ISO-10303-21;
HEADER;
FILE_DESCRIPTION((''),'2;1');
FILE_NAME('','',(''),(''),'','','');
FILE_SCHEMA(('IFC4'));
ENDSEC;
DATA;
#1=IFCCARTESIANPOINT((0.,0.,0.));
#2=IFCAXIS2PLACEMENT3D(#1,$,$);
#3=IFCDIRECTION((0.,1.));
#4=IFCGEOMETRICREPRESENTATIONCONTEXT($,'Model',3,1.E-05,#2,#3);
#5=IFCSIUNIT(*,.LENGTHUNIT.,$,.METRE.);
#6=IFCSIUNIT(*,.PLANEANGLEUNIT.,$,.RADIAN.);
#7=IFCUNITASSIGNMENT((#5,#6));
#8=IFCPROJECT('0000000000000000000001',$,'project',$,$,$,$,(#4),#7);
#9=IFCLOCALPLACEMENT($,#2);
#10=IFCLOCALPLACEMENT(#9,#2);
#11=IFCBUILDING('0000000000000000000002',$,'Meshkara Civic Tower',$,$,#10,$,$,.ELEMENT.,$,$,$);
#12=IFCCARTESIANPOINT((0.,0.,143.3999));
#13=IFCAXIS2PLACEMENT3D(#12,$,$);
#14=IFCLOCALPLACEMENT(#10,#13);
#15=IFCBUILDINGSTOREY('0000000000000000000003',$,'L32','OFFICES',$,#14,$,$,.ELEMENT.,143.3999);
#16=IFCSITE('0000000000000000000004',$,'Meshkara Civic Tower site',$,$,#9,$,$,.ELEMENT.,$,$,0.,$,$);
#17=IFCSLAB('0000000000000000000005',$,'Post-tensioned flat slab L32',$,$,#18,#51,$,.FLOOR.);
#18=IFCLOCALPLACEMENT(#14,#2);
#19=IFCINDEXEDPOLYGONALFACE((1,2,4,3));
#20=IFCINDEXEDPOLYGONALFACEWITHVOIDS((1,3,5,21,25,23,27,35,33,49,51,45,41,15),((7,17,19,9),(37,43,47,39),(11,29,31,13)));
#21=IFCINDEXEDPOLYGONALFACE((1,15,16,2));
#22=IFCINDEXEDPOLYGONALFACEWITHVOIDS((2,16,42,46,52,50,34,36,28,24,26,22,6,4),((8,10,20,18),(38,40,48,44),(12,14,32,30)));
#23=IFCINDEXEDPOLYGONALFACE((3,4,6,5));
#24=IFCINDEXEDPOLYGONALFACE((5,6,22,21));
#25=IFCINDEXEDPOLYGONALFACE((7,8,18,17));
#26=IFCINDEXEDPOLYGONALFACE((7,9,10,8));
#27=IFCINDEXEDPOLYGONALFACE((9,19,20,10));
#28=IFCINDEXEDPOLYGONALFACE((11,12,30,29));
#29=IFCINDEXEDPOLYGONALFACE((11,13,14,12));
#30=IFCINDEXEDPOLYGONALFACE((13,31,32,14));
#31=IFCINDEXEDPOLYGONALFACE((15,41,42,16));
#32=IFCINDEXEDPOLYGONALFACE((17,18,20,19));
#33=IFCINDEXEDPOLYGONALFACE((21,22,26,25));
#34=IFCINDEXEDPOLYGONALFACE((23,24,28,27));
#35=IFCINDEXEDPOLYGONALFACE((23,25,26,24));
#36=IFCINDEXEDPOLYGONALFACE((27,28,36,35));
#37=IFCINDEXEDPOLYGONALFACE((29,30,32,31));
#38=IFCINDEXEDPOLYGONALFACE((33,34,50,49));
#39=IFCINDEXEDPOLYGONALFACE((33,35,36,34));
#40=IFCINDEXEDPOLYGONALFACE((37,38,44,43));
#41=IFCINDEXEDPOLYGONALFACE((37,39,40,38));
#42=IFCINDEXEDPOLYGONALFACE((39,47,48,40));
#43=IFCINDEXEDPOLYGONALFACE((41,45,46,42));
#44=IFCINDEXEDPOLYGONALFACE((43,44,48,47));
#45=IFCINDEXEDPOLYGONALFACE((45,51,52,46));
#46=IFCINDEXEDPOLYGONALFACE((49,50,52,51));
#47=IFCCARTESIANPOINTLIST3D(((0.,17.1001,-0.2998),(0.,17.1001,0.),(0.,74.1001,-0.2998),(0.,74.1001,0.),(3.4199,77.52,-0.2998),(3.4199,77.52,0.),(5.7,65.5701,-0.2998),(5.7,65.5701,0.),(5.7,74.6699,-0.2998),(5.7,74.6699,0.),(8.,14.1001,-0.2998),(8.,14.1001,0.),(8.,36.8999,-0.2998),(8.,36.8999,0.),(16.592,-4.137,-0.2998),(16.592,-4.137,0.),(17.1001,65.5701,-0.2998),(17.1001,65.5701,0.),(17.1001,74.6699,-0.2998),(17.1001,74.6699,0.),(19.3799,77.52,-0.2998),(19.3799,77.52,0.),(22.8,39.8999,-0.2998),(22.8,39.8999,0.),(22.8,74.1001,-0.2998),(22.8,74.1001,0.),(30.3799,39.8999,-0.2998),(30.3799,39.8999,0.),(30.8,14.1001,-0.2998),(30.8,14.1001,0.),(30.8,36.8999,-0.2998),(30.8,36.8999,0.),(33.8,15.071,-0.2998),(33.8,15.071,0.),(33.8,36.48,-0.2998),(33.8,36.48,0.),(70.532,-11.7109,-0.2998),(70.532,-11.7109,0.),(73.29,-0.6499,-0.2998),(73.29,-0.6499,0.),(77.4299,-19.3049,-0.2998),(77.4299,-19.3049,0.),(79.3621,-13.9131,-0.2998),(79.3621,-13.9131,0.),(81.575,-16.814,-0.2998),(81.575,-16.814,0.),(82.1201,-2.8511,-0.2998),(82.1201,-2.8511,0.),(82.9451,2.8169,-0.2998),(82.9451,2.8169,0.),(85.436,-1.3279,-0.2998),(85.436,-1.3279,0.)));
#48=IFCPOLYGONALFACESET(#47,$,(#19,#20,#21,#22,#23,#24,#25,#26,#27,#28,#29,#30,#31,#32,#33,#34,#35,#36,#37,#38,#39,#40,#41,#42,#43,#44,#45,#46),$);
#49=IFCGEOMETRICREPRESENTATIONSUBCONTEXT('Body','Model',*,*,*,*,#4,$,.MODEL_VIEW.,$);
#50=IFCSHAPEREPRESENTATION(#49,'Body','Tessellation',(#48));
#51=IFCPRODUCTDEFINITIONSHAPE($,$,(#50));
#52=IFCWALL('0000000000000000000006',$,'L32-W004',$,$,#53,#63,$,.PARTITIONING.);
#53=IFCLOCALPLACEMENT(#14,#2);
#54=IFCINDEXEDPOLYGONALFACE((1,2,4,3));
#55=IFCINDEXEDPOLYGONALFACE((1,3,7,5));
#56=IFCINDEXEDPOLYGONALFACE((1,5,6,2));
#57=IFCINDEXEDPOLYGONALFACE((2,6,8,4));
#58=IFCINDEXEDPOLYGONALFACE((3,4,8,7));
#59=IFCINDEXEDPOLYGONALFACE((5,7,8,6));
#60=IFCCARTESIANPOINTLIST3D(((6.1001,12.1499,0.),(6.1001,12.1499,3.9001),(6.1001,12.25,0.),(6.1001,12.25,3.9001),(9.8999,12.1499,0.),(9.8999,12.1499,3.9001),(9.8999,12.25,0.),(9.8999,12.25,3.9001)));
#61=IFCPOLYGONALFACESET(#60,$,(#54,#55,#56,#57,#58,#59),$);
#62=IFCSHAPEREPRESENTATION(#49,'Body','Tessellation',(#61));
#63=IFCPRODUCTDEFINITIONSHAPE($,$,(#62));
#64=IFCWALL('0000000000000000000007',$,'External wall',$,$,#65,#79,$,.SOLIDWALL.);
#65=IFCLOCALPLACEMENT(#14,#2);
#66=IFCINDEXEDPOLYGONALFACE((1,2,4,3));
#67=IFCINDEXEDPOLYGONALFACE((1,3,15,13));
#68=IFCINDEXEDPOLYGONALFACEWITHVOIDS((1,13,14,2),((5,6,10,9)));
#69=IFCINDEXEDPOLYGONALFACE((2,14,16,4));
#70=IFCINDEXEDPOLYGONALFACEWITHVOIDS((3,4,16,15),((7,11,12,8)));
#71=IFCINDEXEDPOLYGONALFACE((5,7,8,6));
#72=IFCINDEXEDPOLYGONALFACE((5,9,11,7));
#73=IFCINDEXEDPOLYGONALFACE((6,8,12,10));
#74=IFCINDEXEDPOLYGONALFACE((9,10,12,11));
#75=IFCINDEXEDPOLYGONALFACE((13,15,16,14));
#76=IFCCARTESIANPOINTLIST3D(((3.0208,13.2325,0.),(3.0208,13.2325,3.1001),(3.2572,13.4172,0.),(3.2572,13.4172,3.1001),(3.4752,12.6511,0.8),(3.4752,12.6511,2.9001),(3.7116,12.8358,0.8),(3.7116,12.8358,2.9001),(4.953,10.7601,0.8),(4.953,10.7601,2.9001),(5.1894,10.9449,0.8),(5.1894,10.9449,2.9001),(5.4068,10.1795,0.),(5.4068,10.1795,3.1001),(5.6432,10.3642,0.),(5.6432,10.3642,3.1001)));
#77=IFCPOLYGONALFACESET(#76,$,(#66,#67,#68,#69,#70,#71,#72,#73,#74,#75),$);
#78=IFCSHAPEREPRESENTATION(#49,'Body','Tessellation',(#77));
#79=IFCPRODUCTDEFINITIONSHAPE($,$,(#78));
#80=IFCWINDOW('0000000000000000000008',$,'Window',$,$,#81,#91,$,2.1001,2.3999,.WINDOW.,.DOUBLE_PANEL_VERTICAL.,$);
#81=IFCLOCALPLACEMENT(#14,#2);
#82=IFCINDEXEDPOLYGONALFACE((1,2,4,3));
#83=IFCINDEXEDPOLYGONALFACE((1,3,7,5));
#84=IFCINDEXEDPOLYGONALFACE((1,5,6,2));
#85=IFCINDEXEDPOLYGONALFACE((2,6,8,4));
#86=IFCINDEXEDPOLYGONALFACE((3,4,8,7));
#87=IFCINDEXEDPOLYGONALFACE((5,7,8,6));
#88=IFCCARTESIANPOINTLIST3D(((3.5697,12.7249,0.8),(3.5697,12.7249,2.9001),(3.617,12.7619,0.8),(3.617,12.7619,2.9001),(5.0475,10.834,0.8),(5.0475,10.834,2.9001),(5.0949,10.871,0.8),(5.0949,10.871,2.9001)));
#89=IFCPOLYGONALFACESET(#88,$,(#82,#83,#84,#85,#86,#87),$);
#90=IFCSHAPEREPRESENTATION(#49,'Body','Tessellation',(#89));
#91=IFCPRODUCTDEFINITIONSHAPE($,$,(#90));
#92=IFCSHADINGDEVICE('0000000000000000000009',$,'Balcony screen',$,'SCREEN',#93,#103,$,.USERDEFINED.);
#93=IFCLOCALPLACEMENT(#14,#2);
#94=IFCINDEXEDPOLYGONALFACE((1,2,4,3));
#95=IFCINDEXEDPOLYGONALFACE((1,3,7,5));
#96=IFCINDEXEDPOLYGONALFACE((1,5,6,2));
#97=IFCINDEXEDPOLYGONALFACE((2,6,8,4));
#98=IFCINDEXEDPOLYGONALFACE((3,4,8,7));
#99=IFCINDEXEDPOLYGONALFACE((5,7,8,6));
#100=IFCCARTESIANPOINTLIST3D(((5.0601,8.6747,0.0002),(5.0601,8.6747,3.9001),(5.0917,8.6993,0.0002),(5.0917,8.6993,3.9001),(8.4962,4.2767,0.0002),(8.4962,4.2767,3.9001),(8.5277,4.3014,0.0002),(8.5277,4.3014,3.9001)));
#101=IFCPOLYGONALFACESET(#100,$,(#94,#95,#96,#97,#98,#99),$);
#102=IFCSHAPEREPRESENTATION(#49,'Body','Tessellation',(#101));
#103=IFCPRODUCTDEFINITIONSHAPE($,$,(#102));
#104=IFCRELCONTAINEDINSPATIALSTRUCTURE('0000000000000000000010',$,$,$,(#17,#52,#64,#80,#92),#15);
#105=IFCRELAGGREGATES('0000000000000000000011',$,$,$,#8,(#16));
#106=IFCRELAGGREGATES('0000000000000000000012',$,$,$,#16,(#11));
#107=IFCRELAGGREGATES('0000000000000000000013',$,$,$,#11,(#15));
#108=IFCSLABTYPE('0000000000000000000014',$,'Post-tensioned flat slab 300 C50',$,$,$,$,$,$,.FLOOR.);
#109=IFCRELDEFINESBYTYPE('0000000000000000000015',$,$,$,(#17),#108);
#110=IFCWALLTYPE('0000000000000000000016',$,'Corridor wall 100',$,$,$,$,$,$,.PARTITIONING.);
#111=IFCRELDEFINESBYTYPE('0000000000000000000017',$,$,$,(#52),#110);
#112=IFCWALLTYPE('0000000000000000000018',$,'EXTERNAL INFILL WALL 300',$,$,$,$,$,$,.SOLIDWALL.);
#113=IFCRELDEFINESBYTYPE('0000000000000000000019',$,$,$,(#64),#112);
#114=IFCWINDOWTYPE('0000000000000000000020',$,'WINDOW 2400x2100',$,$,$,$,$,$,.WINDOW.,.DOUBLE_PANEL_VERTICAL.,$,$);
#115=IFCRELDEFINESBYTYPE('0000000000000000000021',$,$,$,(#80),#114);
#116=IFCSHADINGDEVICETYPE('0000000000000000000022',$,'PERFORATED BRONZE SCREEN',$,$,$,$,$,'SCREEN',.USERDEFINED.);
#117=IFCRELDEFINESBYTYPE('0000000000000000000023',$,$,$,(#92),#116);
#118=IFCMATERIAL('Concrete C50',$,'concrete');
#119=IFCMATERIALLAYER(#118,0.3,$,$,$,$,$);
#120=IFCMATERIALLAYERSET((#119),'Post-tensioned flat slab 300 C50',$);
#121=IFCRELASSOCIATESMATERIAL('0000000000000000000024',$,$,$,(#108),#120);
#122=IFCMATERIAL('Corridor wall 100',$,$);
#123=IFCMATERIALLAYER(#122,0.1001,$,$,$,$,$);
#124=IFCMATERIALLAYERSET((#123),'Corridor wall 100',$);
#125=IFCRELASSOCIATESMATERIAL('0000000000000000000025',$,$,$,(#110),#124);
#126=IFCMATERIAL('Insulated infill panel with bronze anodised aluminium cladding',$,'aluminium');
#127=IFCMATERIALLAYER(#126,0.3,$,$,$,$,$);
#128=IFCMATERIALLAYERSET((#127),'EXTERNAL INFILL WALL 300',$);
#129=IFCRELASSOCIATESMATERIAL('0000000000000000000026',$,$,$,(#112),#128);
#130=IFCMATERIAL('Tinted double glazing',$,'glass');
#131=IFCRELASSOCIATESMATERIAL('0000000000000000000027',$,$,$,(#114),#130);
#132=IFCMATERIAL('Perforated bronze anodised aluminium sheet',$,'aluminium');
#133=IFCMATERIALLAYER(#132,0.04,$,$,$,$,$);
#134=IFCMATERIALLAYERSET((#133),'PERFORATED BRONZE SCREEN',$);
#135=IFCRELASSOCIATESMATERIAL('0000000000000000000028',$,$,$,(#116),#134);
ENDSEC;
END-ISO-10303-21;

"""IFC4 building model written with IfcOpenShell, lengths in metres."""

from ifc_helpers import new_model, si_unit, direction, frame, frame_2d, origin, origin_2d, place, context, subcontext, project, spatial, polyline, rectangle, outline, extrude, material, layer, layer_set, type_object, element, fill, save


model = new_model("IFC4")

# Units and contexts
model_context = context("Model", 3, precision=1e-05, world=origin(), true_north=direction((0.0, 1.0)))
body_context = subcontext(model_context, "Body", "Model", "MODEL_VIEW")
ifc_project = project(units=[si_unit("LENGTHUNIT", "METRE"), si_unit("PLANEANGLEUNIT", "RADIAN")], contexts=[model_context])

# Site, building, storey
site_placement = place(None, origin())
site = spatial("IfcSite", under=ifc_project, at=site_placement, Name="Meshkara Civic Tower site", CompositionType="ELEMENT", RefElevation=0.0)
building_placement = place(site_placement, origin())
building = spatial("IfcBuilding", under=site, at=building_placement, Name="Meshkara Civic Tower", CompositionType="ELEMENT")
storey_placement = place(building_placement, frame((0.0, 0.0, 143.3999)))
storey = spatial("IfcBuildingStorey", under=building, at=storey_placement, Name="L32", Description="OFFICES", CompositionType="ELEMENT", Elevation=143.3999)

# Slab
ifc_material_1 = material(Name="Concrete C50", Category="concrete")
ifc_layer_1 = layer(ifc_material_1, 0.3)
ifc_layer_set_1 = layer_set([ifc_layer_1], Name="Post-tensioned flat slab 300 C50")
slab_type_1 = type_object("IfcSlabType", Name="Post-tensioned flat slab 300 C50", PredefinedType="FLOOR", material=ifc_layer_set_1)
slab_1_placement = place(storey_placement, frame((0.0, 0.0, -0.2998)))
element("IfcSlab", 1, at=slab_1_placement, inside=storey, type_object=slab_type_1, Name="Post-tensioned flat slab L32", PredefinedType="FLOOR", context=body_context, shape_type="SweptSolid", body=[
    extrude(outline(polyline([(81.575, -16.814), (77.4299, -19.3049), (16.592, -4.137), (0.0, 17.1001), (0.0, 74.1001), (3.4199, 77.52), (19.3799, 77.52), (22.8, 74.1001), (22.8, 39.8999), (30.3799, 39.8999), (33.8, 36.48), (33.8, 15.071), (82.9451, 2.8169), (85.436, -1.3279), (81.575, -16.814)]), holes=[polyline([(79.3621, -13.9131), (82.1201, -2.8511), (73.29, -0.6499), (70.532, -11.7109), (79.3621, -13.9131)]), polyline([(8.0, 14.1001), (30.8, 14.1001), (30.8, 36.8999), (8.0, 36.8999), (8.0, 14.1001)]), polyline([(5.7, 74.6699), (5.7, 65.5701), (17.1001, 65.5701), (17.1001, 74.6699), (5.7, 74.6699)])]), origin(), (0.0, 0.0, 1.0), 0.2998),
])

# Wall
ifc_material_2 = material(Name="Corridor wall 100")
ifc_layer_2 = layer(ifc_material_2, 0.1001)
ifc_layer_set_2 = layer_set([ifc_layer_2], Name="Corridor wall 100")
wall_type_1 = type_object("IfcWallType", Name="Corridor wall 100", PredefinedType="PARTITIONING", material=ifc_layer_set_2)
wall_1_placement = place(storey_placement, frame((6.1001, 12.2, 0.0), z_axis=(0.0, 0.0, 1.0), x_axis=(1.0, 0.0, 0.0)))
element("IfcWall", 2, at=wall_1_placement, inside=storey, type_object=wall_type_1, Name="L32-W004", PredefinedType="PARTITIONING", context=body_context, shape_type="SweptSolid", body=[
    extrude(rectangle(XDim=3.7998, YDim=0.1001, at=frame_2d((1.8999, 0.0))), origin(), (0.0, 0.0, 1.0), 3.9001),
])

# Wall, opening, window
ifc_material_3 = material(Name="Insulated infill panel with bronze anodised aluminium cladding", Category="aluminium")
ifc_layer_3 = layer(ifc_material_3, 0.3)
ifc_layer_set_3 = layer_set([ifc_layer_3], Name="EXTERNAL INFILL WALL 300")
wall_type_2 = type_object("IfcWallType", Name="EXTERNAL INFILL WALL 300", PredefinedType="SOLIDWALL", material=ifc_layer_set_3)
wall_2_placement = place(storey_placement, frame((3.1389, 13.325, 0.0), z_axis=(0.0, 0.0, 1.0), x_axis=(0.61578, -0.787918, 0.0)))
wall_2 = element("IfcWall", 3, at=wall_2_placement, inside=storey, type_object=wall_type_2, Name="External wall", PredefinedType="SOLIDWALL", context=body_context, shape_type="SweptSolid", body=[
    extrude(rectangle(XDim=3.8748, YDim=0.3, at=frame_2d((1.9375, 0.0))), origin(), (0.0, 0.0, 1.0), 3.1001),
])
opening_placement = place(wall_2_placement, frame((0.738, 0.0, 0.8)))
opening = element("IfcOpeningElement", 4, at=opening_placement, cuts=wall_2, PredefinedType="OPENING", context=body_context, shape_type="SweptSolid", body=[
    extrude(rectangle(XDim=2.3999, YDim=2.1001, at=frame_2d((1.2, 1.05))), frame((0.0, 0.1599, 0.0), z_axis=(0.0, -1.0, 0.0), x_axis=(1.0, 0.0, 0.0)), (0.0, 0.0, 1.0), 0.3201),
])
ifc_material_4 = material(Name="Tinted double glazing", Category="glass")
window_type = type_object("IfcWindowType", Name="WINDOW 2400x2100", PartitioningType="DOUBLE_PANEL_VERTICAL", PredefinedType="WINDOW", material=ifc_material_4)
window_placement = place(opening_placement, origin())
window = element("IfcWindow", 5, at=window_placement, inside=storey, type_object=window_type, Name="Window", OverallHeight=2.1001, OverallWidth=2.3999, PartitioningType="DOUBLE_PANEL_VERTICAL", PredefinedType="WINDOW", context=body_context, shape_type="SweptSolid", body=[
    extrude(rectangle(XDim=2.3999, YDim=2.1001, at=frame_2d((1.2, 1.05))), frame((0.0, 0.03, 0.0), z_axis=(0.0, -1.0, 0.0), x_axis=(1.0, 0.0, 0.0)), (0.0, 0.0, 1.0), 0.0601),
])
fill(opening, window)

# Shading device
ifc_material_5 = material(Name="Perforated bronze anodised aluminium sheet", Category="aluminium")
ifc_layer_4 = layer(ifc_material_5, 0.04)
ifc_layer_set_4 = layer_set([ifc_layer_4], Name="PERFORATED BRONZE SCREEN")
shading_device_type = type_object("IfcShadingDeviceType", Name="PERFORATED BRONZE SCREEN", ElementType="SCREEN", PredefinedType="USERDEFINED", material=ifc_layer_set_4)
shading_device_placement = place(storey_placement, frame((6.7939, 6.488, 0.0002), z_axis=(0.0, 0.0, 1.0), x_axis=(0.615661, -0.788011, 0.0)))
element("IfcShadingDevice", 6, at=shading_device_placement, inside=storey, type_object=shading_device_type, Name="Balcony screen", ObjectType="SCREEN", PredefinedType="USERDEFINED", context=body_context, shape_type="SweptSolid", body=[
    extrude(rectangle(XDim=5.5811, YDim=0.04, at=origin_2d()), origin(), (0.0, 0.0, 1.0), 3.8999),
])

save(model, "model.ifc")
